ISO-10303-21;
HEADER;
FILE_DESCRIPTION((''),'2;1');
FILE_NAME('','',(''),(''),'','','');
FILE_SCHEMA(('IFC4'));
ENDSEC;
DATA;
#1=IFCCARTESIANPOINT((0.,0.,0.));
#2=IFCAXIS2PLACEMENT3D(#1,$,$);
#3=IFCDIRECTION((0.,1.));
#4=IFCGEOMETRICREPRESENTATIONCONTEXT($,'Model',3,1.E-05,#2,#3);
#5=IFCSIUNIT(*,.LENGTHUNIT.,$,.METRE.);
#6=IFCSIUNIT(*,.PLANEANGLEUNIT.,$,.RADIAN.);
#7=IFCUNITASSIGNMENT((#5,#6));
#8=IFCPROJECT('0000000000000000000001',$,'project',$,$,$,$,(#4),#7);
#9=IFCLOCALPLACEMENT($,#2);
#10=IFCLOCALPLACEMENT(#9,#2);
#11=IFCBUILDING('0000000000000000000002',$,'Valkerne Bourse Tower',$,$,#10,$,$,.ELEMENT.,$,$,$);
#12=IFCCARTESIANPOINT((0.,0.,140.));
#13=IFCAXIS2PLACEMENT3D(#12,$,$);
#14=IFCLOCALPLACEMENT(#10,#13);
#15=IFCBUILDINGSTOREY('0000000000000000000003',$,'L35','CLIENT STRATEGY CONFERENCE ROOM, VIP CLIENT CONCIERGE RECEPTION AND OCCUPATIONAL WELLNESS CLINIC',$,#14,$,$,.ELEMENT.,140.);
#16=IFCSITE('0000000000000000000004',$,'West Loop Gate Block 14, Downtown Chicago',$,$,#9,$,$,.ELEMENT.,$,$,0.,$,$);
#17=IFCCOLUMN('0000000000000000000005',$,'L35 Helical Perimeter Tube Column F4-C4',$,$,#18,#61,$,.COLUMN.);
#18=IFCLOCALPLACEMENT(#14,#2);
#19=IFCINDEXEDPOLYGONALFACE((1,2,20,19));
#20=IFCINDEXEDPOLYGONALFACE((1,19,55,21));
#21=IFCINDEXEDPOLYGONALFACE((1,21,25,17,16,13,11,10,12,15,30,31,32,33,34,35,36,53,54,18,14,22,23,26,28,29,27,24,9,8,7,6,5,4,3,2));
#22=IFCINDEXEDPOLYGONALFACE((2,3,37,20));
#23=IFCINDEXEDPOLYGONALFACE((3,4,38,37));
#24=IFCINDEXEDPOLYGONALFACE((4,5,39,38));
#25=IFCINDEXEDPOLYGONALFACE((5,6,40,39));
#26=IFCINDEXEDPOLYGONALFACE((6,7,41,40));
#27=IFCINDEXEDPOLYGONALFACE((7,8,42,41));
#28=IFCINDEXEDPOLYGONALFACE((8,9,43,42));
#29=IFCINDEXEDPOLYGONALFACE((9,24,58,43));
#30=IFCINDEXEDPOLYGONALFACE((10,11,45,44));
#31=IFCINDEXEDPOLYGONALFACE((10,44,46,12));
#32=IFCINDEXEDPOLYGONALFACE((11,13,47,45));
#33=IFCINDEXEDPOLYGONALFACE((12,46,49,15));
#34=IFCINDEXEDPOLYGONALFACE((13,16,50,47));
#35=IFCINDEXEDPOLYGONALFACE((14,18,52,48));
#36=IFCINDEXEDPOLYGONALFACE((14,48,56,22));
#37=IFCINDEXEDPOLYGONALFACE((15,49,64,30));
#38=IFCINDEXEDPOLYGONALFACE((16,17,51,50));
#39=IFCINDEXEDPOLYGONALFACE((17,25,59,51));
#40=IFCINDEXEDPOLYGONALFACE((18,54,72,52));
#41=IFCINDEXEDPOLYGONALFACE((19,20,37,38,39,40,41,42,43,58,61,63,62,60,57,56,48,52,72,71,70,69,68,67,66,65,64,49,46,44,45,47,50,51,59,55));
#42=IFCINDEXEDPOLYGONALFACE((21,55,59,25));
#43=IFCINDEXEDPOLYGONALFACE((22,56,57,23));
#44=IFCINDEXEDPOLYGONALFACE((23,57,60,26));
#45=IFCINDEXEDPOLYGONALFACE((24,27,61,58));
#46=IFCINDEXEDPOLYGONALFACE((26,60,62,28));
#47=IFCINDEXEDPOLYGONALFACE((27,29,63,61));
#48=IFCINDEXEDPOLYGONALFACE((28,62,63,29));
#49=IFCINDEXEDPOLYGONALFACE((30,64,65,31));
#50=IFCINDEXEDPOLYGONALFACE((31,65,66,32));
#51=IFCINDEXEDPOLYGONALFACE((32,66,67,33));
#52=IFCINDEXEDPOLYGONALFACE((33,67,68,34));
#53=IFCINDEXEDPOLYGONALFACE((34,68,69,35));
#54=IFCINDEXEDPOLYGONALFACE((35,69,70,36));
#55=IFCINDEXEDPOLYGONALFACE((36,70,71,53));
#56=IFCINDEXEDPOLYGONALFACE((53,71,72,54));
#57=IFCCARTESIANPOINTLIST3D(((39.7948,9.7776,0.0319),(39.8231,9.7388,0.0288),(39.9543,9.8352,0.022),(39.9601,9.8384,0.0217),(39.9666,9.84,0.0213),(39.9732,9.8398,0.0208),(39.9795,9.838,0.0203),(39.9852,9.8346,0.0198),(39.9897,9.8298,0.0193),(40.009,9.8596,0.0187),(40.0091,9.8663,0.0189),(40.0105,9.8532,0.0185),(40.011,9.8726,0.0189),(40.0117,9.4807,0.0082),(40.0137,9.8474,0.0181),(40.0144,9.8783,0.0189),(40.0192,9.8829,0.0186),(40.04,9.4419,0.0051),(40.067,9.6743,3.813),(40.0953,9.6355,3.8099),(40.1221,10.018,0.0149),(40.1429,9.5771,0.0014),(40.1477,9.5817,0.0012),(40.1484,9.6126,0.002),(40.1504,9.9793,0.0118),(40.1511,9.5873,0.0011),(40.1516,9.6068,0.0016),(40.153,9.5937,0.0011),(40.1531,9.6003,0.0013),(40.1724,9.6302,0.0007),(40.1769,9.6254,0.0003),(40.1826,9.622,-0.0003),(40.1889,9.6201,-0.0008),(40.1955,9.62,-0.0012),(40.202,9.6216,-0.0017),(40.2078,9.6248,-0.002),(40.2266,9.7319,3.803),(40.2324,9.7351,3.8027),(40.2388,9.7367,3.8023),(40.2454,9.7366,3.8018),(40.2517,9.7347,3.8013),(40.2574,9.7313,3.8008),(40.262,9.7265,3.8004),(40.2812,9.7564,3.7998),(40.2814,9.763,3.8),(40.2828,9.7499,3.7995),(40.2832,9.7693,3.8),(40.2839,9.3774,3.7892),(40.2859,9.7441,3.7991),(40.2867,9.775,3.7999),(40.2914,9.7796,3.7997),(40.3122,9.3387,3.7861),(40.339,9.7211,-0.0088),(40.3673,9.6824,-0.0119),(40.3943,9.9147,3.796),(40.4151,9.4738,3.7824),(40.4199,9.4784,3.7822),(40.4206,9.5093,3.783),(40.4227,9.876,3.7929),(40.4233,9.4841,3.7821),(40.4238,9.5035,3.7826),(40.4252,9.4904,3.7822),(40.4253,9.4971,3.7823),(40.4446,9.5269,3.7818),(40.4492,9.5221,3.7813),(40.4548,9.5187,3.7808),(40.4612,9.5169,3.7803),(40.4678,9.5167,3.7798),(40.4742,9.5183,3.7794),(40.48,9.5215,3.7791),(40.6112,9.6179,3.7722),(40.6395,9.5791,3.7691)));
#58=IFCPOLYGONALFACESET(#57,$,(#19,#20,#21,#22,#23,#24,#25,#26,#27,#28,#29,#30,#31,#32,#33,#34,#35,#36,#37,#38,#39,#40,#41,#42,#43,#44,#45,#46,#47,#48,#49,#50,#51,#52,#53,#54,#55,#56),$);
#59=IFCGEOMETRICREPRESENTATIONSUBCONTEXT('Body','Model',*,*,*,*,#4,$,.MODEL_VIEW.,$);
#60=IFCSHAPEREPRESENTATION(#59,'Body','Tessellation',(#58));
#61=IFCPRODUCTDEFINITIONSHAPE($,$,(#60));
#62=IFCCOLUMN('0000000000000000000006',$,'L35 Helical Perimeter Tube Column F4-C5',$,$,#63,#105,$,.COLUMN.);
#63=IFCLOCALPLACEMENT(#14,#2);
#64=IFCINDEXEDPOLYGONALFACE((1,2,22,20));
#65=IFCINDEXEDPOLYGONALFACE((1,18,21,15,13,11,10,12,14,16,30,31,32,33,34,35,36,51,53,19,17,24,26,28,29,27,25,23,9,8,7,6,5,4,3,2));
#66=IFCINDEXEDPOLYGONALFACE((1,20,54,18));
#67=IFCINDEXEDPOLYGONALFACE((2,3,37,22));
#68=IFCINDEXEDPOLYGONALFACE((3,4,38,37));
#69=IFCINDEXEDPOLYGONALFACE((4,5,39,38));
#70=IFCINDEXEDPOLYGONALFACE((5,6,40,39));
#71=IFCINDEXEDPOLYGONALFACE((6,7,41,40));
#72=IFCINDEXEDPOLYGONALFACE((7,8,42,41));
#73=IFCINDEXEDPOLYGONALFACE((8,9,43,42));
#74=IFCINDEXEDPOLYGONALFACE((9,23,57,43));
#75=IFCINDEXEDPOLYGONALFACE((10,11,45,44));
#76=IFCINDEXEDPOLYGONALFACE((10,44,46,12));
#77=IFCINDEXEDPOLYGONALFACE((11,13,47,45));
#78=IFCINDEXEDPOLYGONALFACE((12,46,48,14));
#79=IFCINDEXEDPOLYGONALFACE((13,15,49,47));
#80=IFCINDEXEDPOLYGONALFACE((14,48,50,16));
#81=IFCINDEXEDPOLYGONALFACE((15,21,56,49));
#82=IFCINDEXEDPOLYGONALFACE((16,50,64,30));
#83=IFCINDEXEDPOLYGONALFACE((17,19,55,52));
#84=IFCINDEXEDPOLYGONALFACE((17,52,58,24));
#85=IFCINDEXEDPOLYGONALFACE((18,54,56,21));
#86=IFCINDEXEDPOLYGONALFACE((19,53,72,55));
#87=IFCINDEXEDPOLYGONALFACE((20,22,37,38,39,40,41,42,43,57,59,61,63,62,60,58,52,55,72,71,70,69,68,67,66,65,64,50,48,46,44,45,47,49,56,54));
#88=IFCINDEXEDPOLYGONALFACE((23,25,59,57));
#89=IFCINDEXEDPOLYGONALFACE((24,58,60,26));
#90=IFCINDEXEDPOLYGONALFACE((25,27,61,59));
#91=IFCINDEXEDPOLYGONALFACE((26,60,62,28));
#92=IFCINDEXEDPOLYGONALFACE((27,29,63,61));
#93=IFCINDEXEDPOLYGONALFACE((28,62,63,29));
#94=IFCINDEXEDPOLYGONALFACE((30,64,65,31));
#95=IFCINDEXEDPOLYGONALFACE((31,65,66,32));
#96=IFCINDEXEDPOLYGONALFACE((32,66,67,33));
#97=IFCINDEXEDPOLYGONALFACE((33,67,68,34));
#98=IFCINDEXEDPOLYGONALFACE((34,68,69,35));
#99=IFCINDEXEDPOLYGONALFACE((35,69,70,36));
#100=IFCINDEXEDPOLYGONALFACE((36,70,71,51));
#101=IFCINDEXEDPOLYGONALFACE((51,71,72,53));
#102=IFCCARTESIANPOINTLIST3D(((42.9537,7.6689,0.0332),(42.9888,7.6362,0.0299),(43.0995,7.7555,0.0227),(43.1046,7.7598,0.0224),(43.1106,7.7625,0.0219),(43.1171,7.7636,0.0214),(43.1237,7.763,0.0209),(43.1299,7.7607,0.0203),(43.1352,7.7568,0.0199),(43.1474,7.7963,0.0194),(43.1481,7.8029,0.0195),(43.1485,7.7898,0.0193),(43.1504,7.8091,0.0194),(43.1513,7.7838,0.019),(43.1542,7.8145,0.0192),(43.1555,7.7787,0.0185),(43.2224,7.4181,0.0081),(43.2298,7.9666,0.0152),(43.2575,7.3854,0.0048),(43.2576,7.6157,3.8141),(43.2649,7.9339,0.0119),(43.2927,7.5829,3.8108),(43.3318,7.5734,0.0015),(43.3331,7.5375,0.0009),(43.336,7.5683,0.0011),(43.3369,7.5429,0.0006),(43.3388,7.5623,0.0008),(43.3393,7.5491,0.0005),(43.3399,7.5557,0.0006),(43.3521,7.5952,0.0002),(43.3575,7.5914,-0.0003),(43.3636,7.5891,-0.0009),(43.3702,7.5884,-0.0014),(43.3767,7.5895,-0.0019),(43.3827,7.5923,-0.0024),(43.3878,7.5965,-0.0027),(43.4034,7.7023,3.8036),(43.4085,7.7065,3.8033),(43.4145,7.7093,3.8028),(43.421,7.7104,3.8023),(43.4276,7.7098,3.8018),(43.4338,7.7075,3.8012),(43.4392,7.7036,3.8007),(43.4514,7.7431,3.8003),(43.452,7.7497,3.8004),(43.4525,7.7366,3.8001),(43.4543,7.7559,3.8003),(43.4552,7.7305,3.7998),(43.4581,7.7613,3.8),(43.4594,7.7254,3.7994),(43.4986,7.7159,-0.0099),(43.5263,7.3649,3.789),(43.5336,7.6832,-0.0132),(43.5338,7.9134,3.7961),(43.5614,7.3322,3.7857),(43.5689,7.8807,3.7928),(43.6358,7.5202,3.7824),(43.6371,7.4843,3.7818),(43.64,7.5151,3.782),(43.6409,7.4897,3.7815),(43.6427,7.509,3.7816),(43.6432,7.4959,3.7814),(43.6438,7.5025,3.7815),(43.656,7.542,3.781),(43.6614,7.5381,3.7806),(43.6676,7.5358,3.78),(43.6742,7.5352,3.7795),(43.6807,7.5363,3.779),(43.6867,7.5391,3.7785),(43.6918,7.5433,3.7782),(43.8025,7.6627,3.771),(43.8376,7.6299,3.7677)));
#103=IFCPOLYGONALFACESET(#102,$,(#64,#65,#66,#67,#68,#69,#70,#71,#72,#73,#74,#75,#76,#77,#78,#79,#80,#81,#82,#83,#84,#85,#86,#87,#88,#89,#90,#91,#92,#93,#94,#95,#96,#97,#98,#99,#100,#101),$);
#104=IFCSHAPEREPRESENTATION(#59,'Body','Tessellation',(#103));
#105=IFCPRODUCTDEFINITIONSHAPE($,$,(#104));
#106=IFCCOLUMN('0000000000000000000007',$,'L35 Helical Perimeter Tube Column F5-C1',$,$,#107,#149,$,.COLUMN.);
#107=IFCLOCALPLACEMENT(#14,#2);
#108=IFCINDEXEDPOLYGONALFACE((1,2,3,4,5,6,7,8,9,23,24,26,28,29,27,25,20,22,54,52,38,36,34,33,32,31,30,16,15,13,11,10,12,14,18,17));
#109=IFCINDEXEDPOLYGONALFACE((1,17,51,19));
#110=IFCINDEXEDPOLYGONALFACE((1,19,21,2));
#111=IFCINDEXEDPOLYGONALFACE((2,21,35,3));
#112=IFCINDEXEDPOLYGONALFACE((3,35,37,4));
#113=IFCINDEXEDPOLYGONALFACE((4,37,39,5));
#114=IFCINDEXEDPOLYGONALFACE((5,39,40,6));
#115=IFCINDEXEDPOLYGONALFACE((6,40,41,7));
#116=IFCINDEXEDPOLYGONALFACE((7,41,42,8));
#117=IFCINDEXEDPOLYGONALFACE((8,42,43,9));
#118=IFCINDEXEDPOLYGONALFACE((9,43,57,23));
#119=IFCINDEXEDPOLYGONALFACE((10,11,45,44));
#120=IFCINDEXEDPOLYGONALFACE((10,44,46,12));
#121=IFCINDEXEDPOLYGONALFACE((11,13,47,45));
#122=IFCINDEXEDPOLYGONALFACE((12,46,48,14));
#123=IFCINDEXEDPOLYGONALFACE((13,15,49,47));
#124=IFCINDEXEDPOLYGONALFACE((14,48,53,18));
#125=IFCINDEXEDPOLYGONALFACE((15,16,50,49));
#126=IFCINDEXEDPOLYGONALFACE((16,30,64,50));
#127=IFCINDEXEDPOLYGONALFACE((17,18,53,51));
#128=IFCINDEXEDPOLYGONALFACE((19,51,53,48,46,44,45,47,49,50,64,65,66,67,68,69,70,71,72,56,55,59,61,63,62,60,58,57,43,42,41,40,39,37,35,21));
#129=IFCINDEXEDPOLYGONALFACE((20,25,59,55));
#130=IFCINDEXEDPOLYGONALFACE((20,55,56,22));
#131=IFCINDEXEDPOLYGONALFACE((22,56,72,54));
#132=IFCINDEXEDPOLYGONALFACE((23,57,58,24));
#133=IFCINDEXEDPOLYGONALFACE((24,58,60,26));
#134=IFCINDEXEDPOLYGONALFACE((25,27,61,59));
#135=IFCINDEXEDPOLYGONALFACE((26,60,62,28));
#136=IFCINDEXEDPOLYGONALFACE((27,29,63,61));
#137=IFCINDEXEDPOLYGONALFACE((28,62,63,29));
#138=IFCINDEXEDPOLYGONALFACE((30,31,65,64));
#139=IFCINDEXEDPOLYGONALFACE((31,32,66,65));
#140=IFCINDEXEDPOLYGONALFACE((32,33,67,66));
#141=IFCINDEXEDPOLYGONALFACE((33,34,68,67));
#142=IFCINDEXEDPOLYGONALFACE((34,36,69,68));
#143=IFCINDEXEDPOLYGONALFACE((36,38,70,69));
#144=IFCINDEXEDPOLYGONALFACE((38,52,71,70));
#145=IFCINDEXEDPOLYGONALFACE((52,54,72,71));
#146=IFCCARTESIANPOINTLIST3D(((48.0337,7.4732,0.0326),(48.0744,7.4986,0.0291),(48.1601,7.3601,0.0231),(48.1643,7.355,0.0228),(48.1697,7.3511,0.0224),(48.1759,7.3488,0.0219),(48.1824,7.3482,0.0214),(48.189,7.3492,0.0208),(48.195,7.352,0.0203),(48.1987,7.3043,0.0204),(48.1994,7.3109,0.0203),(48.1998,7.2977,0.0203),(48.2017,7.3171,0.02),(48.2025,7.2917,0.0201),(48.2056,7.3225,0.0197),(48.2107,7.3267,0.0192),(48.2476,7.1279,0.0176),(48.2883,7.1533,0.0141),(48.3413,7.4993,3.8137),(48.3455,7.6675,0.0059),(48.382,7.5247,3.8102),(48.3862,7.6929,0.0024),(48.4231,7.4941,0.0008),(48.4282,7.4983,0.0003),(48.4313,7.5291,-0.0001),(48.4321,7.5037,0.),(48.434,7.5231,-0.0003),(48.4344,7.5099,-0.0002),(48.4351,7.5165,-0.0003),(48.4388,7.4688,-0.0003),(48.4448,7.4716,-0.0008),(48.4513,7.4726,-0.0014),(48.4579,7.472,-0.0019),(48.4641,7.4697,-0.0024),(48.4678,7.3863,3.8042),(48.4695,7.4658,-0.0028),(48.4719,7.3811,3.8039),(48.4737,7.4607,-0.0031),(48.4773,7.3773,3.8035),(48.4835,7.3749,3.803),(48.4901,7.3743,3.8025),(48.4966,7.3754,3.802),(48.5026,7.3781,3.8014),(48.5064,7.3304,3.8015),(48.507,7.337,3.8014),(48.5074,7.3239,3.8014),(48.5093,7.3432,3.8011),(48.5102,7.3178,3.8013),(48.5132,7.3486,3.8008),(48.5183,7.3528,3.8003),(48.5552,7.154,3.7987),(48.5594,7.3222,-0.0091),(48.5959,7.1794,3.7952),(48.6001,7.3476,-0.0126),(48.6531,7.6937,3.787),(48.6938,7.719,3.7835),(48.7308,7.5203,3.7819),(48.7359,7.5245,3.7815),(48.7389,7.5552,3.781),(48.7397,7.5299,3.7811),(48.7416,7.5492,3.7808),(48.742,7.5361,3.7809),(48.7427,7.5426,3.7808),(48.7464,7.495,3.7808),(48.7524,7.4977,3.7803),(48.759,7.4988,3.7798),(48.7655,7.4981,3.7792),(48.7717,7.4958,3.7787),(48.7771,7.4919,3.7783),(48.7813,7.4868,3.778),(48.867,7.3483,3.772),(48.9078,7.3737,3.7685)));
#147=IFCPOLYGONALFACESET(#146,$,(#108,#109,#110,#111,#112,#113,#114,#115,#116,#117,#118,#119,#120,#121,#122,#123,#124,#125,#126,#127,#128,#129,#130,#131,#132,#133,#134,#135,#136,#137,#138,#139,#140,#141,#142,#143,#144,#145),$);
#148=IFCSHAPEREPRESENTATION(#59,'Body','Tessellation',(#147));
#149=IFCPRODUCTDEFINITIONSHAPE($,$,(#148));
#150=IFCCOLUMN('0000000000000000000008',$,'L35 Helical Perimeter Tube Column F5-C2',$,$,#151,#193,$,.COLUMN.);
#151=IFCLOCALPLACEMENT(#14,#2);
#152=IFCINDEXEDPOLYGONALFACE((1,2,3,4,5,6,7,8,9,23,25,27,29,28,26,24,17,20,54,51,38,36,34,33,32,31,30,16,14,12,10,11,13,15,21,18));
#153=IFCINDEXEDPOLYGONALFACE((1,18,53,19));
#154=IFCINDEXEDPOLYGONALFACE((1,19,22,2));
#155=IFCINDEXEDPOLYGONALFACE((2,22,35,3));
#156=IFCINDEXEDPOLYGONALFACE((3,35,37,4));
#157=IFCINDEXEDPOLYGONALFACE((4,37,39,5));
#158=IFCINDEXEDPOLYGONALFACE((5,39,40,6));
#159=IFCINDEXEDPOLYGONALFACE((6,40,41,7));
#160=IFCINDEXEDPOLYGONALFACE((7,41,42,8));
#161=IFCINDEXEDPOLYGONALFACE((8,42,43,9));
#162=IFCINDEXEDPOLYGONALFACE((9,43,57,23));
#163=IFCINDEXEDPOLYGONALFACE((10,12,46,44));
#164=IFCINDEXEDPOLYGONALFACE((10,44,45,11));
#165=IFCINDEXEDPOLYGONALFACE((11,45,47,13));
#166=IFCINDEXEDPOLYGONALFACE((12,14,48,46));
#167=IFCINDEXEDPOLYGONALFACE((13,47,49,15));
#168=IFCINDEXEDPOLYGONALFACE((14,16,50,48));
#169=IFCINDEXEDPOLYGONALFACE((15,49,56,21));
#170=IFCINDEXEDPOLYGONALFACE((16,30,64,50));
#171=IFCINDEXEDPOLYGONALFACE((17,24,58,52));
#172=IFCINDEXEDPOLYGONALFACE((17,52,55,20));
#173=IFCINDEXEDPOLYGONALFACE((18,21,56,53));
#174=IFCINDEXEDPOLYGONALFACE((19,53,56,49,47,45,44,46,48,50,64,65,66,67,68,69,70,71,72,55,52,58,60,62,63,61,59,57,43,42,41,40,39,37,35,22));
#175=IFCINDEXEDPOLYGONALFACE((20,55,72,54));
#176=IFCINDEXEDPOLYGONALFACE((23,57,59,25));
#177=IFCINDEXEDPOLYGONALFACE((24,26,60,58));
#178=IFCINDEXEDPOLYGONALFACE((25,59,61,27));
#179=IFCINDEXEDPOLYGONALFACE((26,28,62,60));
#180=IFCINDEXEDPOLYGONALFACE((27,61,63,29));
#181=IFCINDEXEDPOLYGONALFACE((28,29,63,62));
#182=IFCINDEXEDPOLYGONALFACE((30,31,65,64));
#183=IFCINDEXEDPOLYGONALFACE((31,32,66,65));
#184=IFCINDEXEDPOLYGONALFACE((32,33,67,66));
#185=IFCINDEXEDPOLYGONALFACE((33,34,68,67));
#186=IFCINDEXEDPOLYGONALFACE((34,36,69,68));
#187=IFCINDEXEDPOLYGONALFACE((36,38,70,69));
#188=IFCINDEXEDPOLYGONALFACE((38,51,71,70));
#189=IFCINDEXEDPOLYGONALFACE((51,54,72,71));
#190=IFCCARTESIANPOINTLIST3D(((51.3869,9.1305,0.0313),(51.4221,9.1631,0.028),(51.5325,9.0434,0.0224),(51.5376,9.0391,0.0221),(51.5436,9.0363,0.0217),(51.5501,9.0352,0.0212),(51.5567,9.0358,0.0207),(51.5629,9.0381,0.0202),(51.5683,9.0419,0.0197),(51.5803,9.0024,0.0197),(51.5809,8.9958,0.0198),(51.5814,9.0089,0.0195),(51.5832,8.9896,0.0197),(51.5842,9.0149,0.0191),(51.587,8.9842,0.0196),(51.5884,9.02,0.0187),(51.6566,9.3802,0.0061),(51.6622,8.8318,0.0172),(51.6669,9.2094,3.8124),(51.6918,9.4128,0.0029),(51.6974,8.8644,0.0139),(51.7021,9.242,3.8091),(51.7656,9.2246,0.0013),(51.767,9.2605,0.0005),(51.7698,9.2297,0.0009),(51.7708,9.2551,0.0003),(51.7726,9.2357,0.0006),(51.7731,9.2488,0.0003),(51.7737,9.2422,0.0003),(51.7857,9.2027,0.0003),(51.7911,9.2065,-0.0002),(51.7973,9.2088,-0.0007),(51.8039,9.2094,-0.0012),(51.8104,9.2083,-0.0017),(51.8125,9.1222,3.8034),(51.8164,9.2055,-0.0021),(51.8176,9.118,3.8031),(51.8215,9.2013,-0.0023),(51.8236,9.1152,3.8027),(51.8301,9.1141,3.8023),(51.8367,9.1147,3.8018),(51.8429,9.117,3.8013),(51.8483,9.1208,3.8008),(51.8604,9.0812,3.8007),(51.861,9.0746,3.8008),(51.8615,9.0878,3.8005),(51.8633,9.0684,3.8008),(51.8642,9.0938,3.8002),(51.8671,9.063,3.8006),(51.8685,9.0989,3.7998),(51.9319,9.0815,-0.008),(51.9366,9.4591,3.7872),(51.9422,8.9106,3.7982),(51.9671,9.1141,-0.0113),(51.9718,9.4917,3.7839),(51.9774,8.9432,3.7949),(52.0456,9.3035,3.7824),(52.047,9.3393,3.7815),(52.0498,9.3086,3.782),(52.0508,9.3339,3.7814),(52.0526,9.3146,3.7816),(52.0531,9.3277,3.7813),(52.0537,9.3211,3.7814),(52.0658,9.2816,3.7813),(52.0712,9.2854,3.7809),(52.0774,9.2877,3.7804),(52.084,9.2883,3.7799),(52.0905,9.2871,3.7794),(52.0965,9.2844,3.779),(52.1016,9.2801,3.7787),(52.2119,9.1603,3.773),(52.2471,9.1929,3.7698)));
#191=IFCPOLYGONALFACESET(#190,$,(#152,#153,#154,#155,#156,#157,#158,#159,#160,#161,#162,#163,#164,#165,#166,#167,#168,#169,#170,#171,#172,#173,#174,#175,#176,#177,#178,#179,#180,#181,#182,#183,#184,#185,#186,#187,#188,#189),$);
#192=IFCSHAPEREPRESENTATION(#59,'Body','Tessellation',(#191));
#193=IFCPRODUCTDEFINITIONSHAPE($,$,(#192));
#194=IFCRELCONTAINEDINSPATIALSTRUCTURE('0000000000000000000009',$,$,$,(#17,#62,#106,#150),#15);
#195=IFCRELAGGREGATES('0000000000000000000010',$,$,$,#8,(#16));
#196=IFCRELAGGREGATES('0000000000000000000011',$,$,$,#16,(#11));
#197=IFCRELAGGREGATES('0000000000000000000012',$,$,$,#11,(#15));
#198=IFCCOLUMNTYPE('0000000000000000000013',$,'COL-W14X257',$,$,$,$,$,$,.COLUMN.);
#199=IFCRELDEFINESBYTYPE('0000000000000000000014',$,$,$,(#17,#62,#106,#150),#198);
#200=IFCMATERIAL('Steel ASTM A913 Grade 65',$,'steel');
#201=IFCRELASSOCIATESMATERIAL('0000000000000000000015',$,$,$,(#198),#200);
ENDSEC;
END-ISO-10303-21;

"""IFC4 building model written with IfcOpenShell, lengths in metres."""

from ifc_helpers import new_model, si_unit, direction, frame, origin, origin_2d, place, context, subcontext, project, spatial, i_section, extrude, material, material_profile, profile_set, type_object, element, save


model = new_model("IFC4")

# Units and contexts
model_context = context("Model", 3, precision=1e-05, world=origin(), true_north=direction((0.0, 1.0)))
body_context = subcontext(model_context, "Body", "Model", "MODEL_VIEW")
ifc_project = project(units=[si_unit("LENGTHUNIT", "METRE"), si_unit("PLANEANGLEUNIT", "RADIAN")], contexts=[model_context])

# Site, building, storey
site_placement = place(None, origin())
site = spatial("IfcSite", under=ifc_project, at=site_placement, Name="West Loop Gate Block 14, Downtown Chicago", CompositionType="ELEMENT", RefElevation=0.0)
building_placement = place(site_placement, origin())
building = spatial("IfcBuilding", under=site, at=building_placement, Name="Valkerne Bourse Tower", CompositionType="ELEMENT")
storey_placement = place(building_placement, frame((0.0, 0.0, 140.0)))
storey = spatial("IfcBuildingStorey", under=building, at=storey_placement, Name="L35", Description="CLIENT STRATEGY CONFERENCE ROOM, VIP CLIENT CONCIERGE RECEPTION AND OCCUPATIONAL WELLNESS CLINIC", CompositionType="ELEMENT", Elevation=140.0)

# Columns
ifc_material_1 = material(Name="Steel ASTM A913 Grade 65", Category="steel")
ifc_material_profile_1 = material_profile(ifc_material_1, i_section(OverallWidth=0.4065, OverallDepth=0.4165, WebThickness=0.0298, FlangeThickness=0.0481, FilletRadius=0.0254, at=origin_2d()), Name="W14X257")
ifc_profile_set_1 = profile_set([ifc_material_profile_1], Name="Steel ASTM A913 Grade 65")
column_type = type_object("IfcColumnType", Name="COL-W14X257", PredefinedType="COLUMN", material=ifc_profile_set_1)
column_1_placement = place(storey_placement, frame((40.0811, 9.73, 0.01), z_axis=(0.071783, -0.027233, 0.997048), x_axis=(0.805203, 0.591523, -0.041815)))
element("IfcColumn", 1, at=column_1_placement, inside=storey, type_object=column_type, Name="L35 Helical Perimeter Tube Column F4-C4", PredefinedType="COLUMN", context=body_context, shape_type="SweptSolid", body=[
    extrude(i_section(OverallWidth=0.4065, OverallDepth=0.4165, WebThickness=0.0298, FlangeThickness=0.0481, FilletRadius=0.0254, at=origin_2d()), origin(), (0.0, 0.0, 1.0), 3.7922),
])
column_2_placement = place(storey_placement, frame((43.2437, 7.676, 0.01), z_axis=(0.080124, -0.01403, 0.996686), x_axis=(0.67935, 0.732476, -0.044302)))
element("IfcColumn", 2, at=column_2_placement, inside=storey, type_object=column_type, Name="L35 Helical Perimeter Tube Column F4-C5", PredefinedType="COLUMN", context=body_context, shape_type="SweptSolid", body=[
    extrude(i_section(OverallWidth=0.4065, OverallDepth=0.4165, WebThickness=0.0298, FlangeThickness=0.0481, FilletRadius=0.0254, at=origin_2d()), origin(), (0.0, 0.0, 1.0), 3.7935),
])
column_3_placement = place(storey_placement, frame((48.3169, 7.4104, 0.01), z_axis=(0.081089, 0.006886, 0.996683), x_axis=(-0.526255, 0.849524, 0.036946)))
element("IfcColumn", 3, at=column_3_placement, inside=storey, type_object=column_type, Name="L35 Helical Perimeter Tube Column F5-C1", PredefinedType="COLUMN", context=body_context, shape_type="SweptSolid", body=[
    extrude(i_section(OverallWidth=0.4065, OverallDepth=0.4165, WebThickness=0.0298, FlangeThickness=0.0481, FilletRadius=0.0254, at=origin_2d()), origin(), (0.0, 0.0, 1.0), 3.7937),
])
column_4_placement = place(storey_placement, frame((51.677, 9.1223, 0.01), z_axis=(0.073844, 0.020795, 0.997053), x_axis=(-0.677224, 0.734952, 0.034828)))
element("IfcColumn", 4, at=column_4_placement, inside=storey, type_object=column_type, Name="L35 Helical Perimeter Tube Column F5-C2", PredefinedType="COLUMN", context=body_context, shape_type="SweptSolid", body=[
    extrude(i_section(OverallWidth=0.4065, OverallDepth=0.4165, WebThickness=0.0298, FlangeThickness=0.0481, FilletRadius=0.0254, at=origin_2d()), origin(), (0.0, 0.0, 1.0), 3.7922),
])

save(model, "model.ifc")
